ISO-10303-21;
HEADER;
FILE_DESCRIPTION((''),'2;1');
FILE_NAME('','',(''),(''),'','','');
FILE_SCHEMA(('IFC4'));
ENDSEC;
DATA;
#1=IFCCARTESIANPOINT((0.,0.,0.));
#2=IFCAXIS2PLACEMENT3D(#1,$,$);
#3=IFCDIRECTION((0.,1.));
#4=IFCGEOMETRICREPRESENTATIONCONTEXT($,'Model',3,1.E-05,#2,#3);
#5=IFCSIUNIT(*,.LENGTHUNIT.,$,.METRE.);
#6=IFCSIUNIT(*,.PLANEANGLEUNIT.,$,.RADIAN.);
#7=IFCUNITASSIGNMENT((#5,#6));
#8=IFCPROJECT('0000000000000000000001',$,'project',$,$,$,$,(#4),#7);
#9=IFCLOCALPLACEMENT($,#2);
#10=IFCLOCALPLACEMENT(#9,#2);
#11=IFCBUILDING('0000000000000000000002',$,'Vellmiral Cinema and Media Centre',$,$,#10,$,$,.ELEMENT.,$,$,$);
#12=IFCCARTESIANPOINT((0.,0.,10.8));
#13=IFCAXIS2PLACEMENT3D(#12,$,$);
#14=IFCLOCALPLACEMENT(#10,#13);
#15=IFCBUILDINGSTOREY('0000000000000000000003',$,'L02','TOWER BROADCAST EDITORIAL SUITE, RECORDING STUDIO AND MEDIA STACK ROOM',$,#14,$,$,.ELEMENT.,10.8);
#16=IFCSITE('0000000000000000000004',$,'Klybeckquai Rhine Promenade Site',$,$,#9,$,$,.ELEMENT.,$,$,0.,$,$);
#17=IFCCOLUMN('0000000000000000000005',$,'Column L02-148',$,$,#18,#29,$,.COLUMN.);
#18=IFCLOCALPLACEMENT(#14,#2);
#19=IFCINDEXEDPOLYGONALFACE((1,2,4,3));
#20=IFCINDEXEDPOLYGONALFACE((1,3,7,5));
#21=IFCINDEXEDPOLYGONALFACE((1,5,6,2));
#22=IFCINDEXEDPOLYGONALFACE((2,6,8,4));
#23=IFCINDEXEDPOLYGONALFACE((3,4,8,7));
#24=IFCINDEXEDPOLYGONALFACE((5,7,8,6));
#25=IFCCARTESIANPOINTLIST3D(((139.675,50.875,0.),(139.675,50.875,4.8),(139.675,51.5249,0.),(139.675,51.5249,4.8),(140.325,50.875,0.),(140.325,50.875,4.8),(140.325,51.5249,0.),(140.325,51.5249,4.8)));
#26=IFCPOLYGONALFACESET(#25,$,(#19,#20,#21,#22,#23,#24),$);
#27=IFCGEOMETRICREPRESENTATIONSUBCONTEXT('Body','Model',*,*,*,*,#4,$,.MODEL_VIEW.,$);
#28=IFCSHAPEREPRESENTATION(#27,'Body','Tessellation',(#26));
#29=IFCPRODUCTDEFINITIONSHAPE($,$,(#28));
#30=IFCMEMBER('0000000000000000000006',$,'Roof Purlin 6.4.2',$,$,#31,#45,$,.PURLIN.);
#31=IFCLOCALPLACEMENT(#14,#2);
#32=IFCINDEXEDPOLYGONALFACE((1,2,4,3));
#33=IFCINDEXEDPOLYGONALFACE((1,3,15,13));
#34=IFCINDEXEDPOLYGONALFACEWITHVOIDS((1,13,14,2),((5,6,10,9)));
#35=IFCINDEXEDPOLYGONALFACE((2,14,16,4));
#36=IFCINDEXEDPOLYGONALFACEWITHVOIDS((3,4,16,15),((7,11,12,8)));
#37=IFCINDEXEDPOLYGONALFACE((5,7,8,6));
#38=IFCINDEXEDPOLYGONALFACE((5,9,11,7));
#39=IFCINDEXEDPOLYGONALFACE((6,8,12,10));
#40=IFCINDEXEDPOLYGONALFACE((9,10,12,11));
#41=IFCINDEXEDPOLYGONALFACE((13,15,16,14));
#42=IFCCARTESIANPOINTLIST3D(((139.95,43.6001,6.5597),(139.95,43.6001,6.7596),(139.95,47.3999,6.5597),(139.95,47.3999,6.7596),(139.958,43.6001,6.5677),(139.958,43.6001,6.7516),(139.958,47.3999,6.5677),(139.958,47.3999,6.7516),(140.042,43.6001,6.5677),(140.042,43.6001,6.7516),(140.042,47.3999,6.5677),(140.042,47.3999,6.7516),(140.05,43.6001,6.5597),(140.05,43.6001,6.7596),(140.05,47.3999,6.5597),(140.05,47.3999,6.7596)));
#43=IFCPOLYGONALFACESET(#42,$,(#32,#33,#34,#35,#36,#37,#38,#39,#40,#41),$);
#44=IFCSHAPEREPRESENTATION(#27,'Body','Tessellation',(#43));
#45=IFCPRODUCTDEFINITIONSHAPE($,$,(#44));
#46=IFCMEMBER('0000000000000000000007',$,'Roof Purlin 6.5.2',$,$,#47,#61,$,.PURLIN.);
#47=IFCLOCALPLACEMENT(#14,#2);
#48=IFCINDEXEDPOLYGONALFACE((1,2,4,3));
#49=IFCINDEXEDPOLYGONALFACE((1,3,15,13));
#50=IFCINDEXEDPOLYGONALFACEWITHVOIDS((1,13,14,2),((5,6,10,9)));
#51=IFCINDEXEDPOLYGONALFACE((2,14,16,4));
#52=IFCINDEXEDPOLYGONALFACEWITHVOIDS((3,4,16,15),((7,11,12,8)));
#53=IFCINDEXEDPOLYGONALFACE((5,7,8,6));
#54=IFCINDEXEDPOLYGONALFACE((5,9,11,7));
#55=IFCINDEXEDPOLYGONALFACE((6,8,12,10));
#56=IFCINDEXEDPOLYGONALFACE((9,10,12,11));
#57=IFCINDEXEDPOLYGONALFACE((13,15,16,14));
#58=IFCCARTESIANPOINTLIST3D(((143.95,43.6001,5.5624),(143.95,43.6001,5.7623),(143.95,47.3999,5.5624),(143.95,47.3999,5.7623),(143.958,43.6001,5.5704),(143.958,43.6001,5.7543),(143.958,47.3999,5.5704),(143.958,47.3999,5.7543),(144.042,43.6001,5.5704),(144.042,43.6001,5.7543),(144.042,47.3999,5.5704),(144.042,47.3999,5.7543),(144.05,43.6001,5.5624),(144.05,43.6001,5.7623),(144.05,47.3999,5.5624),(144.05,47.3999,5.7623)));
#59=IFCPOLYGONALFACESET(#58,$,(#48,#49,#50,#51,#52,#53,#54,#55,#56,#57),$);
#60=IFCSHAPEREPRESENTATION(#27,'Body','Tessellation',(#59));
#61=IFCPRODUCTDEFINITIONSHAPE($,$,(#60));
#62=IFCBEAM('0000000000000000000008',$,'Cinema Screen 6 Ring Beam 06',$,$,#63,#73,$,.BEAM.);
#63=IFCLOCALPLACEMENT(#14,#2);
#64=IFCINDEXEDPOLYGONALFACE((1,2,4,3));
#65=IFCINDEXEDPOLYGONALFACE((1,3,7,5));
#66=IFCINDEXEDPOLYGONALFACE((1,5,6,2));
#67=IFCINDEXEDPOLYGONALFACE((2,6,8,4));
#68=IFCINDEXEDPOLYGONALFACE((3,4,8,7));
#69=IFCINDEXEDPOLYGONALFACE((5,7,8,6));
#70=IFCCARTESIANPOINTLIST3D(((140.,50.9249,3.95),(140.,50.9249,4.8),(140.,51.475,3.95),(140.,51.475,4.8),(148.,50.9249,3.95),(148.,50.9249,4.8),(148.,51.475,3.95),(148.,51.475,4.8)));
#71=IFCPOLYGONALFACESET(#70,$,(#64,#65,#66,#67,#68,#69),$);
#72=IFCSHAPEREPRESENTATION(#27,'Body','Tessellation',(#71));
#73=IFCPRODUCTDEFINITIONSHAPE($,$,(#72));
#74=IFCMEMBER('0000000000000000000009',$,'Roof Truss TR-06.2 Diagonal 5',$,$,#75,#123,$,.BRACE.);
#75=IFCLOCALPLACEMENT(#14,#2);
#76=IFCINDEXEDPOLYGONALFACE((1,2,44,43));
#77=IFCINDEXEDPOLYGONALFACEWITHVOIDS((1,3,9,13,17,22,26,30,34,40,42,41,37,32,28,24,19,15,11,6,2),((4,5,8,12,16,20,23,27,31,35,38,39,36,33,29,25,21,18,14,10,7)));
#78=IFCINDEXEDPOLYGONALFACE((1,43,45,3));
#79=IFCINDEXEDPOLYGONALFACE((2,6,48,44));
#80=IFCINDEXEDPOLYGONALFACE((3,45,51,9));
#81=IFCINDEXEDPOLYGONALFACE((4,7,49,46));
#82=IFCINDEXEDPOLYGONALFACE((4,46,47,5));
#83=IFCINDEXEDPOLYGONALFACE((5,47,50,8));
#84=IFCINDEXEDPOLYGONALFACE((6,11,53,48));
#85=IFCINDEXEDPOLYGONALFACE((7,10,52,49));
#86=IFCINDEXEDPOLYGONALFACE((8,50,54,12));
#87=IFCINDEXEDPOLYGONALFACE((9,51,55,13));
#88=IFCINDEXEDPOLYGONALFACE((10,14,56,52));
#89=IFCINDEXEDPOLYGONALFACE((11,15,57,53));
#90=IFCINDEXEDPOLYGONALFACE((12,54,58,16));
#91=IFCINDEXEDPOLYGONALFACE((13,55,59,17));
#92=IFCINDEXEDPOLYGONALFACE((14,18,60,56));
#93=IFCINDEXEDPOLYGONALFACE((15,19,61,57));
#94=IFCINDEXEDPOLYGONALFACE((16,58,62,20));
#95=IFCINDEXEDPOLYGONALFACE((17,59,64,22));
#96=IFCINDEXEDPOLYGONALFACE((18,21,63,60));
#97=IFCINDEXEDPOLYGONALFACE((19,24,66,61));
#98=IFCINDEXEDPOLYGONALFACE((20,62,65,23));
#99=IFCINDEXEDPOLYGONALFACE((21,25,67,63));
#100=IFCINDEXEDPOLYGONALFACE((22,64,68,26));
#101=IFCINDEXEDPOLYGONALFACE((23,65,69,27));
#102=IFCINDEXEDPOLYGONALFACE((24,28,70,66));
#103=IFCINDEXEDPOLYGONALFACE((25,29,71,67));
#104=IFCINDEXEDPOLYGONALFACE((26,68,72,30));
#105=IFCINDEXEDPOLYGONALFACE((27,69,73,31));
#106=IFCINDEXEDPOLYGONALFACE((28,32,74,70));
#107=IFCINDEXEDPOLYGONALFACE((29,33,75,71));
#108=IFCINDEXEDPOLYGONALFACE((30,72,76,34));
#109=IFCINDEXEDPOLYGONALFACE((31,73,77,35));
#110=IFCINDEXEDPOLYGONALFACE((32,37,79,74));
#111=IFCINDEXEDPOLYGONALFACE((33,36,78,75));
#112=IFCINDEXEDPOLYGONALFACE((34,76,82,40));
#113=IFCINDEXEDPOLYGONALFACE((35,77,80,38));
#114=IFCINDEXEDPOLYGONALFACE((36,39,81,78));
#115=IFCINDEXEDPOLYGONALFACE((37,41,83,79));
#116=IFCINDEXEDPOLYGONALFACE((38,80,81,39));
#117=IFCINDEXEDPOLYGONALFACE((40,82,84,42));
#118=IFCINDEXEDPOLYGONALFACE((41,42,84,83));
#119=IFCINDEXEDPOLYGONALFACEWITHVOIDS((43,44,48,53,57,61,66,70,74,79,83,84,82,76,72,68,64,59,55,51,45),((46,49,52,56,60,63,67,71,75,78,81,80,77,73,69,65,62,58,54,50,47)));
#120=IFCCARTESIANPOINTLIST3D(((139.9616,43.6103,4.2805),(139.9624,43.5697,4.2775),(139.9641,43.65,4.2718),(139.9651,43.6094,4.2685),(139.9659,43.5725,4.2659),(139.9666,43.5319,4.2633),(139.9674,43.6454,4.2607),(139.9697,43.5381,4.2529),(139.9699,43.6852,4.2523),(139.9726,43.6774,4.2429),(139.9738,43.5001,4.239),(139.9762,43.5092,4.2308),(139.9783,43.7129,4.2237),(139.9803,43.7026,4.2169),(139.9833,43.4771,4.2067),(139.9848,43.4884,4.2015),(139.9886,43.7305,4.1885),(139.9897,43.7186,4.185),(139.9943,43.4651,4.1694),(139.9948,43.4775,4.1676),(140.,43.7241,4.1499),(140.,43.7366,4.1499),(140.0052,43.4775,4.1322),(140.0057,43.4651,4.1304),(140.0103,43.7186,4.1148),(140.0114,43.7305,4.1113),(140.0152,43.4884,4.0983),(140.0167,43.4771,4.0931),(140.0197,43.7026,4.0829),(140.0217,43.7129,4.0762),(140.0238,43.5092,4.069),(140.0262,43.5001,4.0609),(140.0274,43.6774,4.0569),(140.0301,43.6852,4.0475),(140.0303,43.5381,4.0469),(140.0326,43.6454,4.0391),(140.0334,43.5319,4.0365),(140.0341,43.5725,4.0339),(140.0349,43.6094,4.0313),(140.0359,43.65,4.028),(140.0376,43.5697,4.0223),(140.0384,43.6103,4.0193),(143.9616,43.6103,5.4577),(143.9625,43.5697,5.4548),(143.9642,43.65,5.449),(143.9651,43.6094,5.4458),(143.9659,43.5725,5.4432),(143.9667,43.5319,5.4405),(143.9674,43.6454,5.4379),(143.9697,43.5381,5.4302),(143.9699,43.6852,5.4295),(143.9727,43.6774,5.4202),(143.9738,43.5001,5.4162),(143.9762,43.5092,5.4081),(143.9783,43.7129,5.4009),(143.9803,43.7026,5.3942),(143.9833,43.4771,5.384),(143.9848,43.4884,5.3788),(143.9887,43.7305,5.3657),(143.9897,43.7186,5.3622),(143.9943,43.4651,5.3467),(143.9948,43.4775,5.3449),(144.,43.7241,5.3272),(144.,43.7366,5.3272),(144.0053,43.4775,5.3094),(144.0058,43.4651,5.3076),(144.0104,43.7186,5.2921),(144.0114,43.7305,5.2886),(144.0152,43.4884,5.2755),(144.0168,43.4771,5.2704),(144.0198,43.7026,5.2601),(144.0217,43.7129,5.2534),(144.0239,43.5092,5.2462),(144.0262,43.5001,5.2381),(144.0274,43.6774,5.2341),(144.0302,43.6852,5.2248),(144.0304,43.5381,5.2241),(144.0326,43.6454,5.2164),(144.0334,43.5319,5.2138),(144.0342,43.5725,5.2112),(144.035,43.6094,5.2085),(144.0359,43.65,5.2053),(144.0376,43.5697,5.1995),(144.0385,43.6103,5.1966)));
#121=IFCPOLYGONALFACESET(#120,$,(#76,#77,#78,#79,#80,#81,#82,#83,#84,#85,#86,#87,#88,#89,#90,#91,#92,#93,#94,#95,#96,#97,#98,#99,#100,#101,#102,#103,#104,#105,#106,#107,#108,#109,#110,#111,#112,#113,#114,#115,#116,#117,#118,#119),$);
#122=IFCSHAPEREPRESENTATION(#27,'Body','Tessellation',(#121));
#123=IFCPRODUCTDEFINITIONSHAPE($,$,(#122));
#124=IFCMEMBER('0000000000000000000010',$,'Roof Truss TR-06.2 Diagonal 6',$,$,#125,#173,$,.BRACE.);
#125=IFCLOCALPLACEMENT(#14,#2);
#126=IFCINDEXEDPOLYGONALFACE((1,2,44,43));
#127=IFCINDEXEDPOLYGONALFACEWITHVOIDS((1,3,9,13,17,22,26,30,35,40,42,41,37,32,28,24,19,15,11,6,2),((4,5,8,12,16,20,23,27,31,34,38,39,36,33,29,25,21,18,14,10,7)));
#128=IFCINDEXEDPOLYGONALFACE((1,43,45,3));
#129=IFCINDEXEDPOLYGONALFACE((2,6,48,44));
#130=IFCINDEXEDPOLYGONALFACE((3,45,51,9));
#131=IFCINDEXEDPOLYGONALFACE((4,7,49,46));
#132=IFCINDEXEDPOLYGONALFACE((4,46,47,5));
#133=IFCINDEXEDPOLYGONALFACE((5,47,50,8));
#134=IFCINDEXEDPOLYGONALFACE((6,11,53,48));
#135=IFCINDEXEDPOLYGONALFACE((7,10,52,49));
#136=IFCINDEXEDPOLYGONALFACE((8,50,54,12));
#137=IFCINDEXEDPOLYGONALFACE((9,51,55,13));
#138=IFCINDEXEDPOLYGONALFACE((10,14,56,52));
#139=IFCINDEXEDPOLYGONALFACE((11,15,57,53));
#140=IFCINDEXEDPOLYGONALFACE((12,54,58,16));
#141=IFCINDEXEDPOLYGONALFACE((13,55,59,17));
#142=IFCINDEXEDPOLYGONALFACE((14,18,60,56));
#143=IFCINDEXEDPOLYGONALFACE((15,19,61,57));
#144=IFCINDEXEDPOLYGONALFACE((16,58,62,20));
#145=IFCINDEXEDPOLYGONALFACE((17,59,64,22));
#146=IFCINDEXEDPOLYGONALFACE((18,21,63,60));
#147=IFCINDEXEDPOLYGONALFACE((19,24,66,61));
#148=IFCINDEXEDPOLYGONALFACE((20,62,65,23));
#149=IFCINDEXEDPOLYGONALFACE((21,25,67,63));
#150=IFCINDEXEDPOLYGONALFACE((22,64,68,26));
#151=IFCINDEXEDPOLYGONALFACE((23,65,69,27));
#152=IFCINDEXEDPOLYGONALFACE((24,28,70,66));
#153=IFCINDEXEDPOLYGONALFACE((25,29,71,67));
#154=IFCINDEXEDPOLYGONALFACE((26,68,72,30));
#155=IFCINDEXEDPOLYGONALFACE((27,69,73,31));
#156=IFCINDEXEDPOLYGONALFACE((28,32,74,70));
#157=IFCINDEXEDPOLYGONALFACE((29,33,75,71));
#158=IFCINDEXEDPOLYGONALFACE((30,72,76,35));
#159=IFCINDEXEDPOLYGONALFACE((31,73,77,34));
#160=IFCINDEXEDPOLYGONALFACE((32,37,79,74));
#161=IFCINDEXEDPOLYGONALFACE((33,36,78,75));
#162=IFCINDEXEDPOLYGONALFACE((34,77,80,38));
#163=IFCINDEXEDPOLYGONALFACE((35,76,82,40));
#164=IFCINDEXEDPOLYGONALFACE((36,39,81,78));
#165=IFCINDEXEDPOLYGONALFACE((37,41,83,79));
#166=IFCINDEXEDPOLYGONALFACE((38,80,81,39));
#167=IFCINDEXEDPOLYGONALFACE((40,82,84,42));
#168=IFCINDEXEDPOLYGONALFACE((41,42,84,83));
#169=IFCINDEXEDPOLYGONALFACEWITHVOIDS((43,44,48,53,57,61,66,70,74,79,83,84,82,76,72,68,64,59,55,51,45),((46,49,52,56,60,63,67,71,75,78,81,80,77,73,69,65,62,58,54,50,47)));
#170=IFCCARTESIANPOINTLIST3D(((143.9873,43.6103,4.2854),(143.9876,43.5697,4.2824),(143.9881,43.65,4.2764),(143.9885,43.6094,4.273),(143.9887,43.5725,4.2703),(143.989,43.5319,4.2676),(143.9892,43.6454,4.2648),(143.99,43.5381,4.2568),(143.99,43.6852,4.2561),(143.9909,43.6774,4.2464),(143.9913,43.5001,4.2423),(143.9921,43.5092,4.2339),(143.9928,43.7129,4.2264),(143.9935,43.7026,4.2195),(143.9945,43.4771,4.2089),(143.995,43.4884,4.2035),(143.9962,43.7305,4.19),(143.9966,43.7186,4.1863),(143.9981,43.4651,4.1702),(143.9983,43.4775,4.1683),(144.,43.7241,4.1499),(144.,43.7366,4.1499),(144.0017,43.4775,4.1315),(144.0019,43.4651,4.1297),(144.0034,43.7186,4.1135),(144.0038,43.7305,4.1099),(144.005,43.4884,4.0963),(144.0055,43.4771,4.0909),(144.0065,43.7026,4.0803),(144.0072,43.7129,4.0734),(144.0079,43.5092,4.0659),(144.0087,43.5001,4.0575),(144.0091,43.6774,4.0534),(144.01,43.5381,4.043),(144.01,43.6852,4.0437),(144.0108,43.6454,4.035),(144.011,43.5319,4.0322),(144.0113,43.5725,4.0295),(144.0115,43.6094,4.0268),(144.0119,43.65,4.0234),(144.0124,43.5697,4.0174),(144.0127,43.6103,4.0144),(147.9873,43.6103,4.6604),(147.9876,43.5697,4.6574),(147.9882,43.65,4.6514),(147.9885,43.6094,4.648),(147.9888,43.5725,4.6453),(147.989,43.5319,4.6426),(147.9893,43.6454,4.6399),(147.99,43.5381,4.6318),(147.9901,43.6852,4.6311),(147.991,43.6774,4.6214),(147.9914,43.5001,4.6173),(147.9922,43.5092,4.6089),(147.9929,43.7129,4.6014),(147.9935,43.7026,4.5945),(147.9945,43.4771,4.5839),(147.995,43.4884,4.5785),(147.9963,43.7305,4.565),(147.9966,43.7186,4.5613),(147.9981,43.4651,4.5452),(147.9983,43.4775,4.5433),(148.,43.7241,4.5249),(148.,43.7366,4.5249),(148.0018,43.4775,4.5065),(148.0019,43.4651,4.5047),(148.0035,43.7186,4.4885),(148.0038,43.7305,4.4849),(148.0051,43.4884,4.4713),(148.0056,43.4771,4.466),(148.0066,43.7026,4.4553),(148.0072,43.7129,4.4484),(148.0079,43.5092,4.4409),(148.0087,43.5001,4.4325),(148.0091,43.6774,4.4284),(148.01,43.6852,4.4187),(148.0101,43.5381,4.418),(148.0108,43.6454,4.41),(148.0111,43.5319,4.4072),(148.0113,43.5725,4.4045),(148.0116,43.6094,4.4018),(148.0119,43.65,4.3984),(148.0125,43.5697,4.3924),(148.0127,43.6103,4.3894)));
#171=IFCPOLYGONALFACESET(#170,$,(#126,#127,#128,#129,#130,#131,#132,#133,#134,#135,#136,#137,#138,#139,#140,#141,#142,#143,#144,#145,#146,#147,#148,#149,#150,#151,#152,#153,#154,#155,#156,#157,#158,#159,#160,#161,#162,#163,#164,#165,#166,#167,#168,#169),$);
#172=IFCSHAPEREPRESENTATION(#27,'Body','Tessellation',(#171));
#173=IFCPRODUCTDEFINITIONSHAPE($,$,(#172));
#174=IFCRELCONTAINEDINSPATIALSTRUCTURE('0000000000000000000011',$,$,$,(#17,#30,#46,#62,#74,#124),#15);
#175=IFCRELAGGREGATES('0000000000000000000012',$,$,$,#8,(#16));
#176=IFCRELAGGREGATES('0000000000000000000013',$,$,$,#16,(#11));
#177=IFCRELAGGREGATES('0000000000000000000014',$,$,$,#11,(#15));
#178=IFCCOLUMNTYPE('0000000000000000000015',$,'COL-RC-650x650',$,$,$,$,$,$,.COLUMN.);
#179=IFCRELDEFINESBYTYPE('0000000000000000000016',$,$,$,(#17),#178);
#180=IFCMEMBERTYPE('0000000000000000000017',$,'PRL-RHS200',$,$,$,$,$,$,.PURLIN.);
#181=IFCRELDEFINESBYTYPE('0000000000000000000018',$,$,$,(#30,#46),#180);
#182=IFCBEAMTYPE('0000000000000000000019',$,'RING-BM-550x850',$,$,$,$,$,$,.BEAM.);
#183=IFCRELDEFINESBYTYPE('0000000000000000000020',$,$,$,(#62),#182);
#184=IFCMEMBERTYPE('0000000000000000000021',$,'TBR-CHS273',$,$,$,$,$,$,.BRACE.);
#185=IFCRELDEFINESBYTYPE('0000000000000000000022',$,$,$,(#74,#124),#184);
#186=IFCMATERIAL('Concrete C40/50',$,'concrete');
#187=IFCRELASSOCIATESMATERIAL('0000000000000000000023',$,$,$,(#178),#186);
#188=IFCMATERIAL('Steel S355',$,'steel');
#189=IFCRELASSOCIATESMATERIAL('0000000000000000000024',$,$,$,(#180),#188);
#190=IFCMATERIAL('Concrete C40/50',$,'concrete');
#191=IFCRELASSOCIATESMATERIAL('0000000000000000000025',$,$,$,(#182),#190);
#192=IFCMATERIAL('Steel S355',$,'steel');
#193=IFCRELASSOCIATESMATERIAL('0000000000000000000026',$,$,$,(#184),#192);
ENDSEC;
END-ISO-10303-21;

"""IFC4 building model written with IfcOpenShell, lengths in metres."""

from ifc_helpers import new_model, si_unit, direction, frame, origin, origin_2d, place, context, subcontext, project, spatial, rectangle, hollow_rectangle, hollow_circle, extrude, material, material_profile, profile_set, type_object, element, save


model = new_model("IFC4")

# Units and contexts
model_context = context("Model", 3, precision=1e-05, world=origin(), true_north=direction((0.0, 1.0)))
body_context = subcontext(model_context, "Body", "Model", "MODEL_VIEW")
ifc_project = project(units=[si_unit("LENGTHUNIT", "METRE"), si_unit("PLANEANGLEUNIT", "RADIAN")], contexts=[model_context])

# Site, building, storey
site_placement = place(None, origin())
site = spatial("IfcSite", under=ifc_project, at=site_placement, Name="Klybeckquai Rhine Promenade Site", CompositionType="ELEMENT", RefElevation=0.0)
building_placement = place(site_placement, origin())
building = spatial("IfcBuilding", under=site, at=building_placement, Name="Vellmiral Cinema and Media Centre", CompositionType="ELEMENT")
storey_placement = place(building_placement, frame((0.0, 0.0, 10.8)))
storey = spatial("IfcBuildingStorey", under=building, at=storey_placement, Name="L02", Description="TOWER BROADCAST EDITORIAL SUITE, RECORDING STUDIO AND MEDIA STACK ROOM", CompositionType="ELEMENT", Elevation=10.8)

# Column
ifc_material_1 = material(Name="Concrete C40/50", Category="concrete")
ifc_material_profile_1 = material_profile(ifc_material_1, rectangle(XDim=0.6499, YDim=0.6499, at=origin_2d()), Name="RC 650x650")
ifc_profile_set_1 = profile_set([ifc_material_profile_1], Name="Concrete C40/50")
column_type = type_object("IfcColumnType", Name="COL-RC-650x650", PredefinedType="COLUMN", material=ifc_profile_set_1)
column_placement = place(storey_placement, frame((140.0, 51.2, 0.0), z_axis=(0.0, 0.0, 1.0), x_axis=(1.0, 0.0, 0.0)))
element("IfcColumn", 1, at=column_placement, inside=storey, type_object=column_type, Name="Column L02-148", PredefinedType="COLUMN", context=body_context, shape_type="SweptSolid", body=[
    extrude(rectangle(XDim=0.6499, YDim=0.6499, at=origin_2d()), origin(), (0.0, 0.0, 1.0), 4.8),
])

# Members
ifc_material_2 = material(Name="Steel S355", Category="steel")
ifc_material_profile_2 = material_profile(ifc_material_2, hollow_rectangle(XDim=0.1001, YDim=0.2, WallThickness=0.0081, at=origin_2d()), Name="RHS 200x100x8.0")
ifc_profile_set_2 = profile_set([ifc_material_profile_2], Name="Steel S355")
member_type_1 = type_object("IfcMemberType", Name="PRL-RHS200", PredefinedType="PURLIN", material=ifc_profile_set_2)
for number, where, z_axis, x_axis, name in (
    (2, (140.0, 43.6001, 6.6597), (0.0, 1.0, 0.0), (-1.0, 0.0, 0.0), "Roof Purlin 6.4.2"),
    (3, (144.0, 43.6001, 5.6624), (0.0, 1.0, 0.0), (-1.0, 0.0, 0.0), "Roof Purlin 6.5.2"),
):
    element("IfcMember", number, at=place(storey_placement, frame(where, z_axis=z_axis, x_axis=x_axis)), inside=storey, type_object=member_type_1, Name=name, PredefinedType="PURLIN", context=body_context, shape_type="SweptSolid", body=[
        extrude(hollow_rectangle(XDim=0.1001, YDim=0.2, WallThickness=0.0081, at=origin_2d()), origin(), (0.0, 0.0, 1.0), 3.7998),
    ])

# Beam
ifc_material_3 = material(Name="Concrete C40/50", Category="concrete")
ifc_material_profile_3 = material_profile(ifc_material_3, rectangle(XDim=0.55, YDim=0.8501, at=origin_2d()), Name="RC 550x850")
ifc_profile_set_3 = profile_set([ifc_material_profile_3], Name="Concrete C40/50")
beam_type = type_object("IfcBeamType", Name="RING-BM-550x850", PredefinedType="BEAM", material=ifc_profile_set_3)
beam_placement = place(storey_placement, frame((140.0, 51.2, 4.375), z_axis=(1.0, 0.0, 0.0), x_axis=(0.0, 1.0, 0.0)))
element("IfcBeam", 4, at=beam_placement, inside=storey, type_object=beam_type, Name="Cinema Screen 6 Ring Beam 06", PredefinedType="BEAM", context=body_context, shape_type="SweptSolid", body=[
    extrude(rectangle(XDim=0.55, YDim=0.8501, at=origin_2d()), origin(), (0.0, 0.0, 1.0), 8.0),
])

# Members
ifc_material_4 = material(Name="Steel S355", Category="steel")
ifc_material_profile_4 = material_profile(ifc_material_4, hollow_circle(Radius=0.1365, WallThickness=0.0125, at=origin_2d()), Name="CHS 273.0x12.5")
ifc_profile_set_4 = profile_set([ifc_material_profile_4], Name="Steel S355")
member_type_2 = type_object("IfcMemberType", Name="TBR-CHS273", PredefinedType="BRACE", material=ifc_profile_set_4)
member_1_placement = place(storey_placement, frame((140.0, 43.6001, 4.1499), z_axis=(0.959315, 0.0, 0.282338), x_axis=(0.0, 1.0, 0.0)))
element("IfcMember", 5, at=member_1_placement, inside=storey, type_object=member_type_2, Name="Roof Truss TR-06.2 Diagonal 5", PredefinedType="BRACE", context=body_context, shape_type="SweptSolid", body=[
    extrude(hollow_circle(Radius=0.1365, WallThickness=0.0125, at=origin_2d()), origin(), (0.0, 0.0, 1.0), 4.1697),
])
member_2_placement = place(storey_placement, frame((144.0, 43.6001, 4.1499), z_axis=(0.995634, 0.0, 0.093341), x_axis=(0.0, 1.0, 0.0)))
element("IfcMember", 6, at=member_2_placement, inside=storey, type_object=member_type_2, Name="Roof Truss TR-06.2 Diagonal 6", PredefinedType="BRACE", context=body_context, shape_type="SweptSolid", body=[
    extrude(hollow_circle(Radius=0.1365, WallThickness=0.0125, at=origin_2d()), origin(), (0.0, 0.0, 1.0), 4.0176),
])

save(model, "model.ifc")
